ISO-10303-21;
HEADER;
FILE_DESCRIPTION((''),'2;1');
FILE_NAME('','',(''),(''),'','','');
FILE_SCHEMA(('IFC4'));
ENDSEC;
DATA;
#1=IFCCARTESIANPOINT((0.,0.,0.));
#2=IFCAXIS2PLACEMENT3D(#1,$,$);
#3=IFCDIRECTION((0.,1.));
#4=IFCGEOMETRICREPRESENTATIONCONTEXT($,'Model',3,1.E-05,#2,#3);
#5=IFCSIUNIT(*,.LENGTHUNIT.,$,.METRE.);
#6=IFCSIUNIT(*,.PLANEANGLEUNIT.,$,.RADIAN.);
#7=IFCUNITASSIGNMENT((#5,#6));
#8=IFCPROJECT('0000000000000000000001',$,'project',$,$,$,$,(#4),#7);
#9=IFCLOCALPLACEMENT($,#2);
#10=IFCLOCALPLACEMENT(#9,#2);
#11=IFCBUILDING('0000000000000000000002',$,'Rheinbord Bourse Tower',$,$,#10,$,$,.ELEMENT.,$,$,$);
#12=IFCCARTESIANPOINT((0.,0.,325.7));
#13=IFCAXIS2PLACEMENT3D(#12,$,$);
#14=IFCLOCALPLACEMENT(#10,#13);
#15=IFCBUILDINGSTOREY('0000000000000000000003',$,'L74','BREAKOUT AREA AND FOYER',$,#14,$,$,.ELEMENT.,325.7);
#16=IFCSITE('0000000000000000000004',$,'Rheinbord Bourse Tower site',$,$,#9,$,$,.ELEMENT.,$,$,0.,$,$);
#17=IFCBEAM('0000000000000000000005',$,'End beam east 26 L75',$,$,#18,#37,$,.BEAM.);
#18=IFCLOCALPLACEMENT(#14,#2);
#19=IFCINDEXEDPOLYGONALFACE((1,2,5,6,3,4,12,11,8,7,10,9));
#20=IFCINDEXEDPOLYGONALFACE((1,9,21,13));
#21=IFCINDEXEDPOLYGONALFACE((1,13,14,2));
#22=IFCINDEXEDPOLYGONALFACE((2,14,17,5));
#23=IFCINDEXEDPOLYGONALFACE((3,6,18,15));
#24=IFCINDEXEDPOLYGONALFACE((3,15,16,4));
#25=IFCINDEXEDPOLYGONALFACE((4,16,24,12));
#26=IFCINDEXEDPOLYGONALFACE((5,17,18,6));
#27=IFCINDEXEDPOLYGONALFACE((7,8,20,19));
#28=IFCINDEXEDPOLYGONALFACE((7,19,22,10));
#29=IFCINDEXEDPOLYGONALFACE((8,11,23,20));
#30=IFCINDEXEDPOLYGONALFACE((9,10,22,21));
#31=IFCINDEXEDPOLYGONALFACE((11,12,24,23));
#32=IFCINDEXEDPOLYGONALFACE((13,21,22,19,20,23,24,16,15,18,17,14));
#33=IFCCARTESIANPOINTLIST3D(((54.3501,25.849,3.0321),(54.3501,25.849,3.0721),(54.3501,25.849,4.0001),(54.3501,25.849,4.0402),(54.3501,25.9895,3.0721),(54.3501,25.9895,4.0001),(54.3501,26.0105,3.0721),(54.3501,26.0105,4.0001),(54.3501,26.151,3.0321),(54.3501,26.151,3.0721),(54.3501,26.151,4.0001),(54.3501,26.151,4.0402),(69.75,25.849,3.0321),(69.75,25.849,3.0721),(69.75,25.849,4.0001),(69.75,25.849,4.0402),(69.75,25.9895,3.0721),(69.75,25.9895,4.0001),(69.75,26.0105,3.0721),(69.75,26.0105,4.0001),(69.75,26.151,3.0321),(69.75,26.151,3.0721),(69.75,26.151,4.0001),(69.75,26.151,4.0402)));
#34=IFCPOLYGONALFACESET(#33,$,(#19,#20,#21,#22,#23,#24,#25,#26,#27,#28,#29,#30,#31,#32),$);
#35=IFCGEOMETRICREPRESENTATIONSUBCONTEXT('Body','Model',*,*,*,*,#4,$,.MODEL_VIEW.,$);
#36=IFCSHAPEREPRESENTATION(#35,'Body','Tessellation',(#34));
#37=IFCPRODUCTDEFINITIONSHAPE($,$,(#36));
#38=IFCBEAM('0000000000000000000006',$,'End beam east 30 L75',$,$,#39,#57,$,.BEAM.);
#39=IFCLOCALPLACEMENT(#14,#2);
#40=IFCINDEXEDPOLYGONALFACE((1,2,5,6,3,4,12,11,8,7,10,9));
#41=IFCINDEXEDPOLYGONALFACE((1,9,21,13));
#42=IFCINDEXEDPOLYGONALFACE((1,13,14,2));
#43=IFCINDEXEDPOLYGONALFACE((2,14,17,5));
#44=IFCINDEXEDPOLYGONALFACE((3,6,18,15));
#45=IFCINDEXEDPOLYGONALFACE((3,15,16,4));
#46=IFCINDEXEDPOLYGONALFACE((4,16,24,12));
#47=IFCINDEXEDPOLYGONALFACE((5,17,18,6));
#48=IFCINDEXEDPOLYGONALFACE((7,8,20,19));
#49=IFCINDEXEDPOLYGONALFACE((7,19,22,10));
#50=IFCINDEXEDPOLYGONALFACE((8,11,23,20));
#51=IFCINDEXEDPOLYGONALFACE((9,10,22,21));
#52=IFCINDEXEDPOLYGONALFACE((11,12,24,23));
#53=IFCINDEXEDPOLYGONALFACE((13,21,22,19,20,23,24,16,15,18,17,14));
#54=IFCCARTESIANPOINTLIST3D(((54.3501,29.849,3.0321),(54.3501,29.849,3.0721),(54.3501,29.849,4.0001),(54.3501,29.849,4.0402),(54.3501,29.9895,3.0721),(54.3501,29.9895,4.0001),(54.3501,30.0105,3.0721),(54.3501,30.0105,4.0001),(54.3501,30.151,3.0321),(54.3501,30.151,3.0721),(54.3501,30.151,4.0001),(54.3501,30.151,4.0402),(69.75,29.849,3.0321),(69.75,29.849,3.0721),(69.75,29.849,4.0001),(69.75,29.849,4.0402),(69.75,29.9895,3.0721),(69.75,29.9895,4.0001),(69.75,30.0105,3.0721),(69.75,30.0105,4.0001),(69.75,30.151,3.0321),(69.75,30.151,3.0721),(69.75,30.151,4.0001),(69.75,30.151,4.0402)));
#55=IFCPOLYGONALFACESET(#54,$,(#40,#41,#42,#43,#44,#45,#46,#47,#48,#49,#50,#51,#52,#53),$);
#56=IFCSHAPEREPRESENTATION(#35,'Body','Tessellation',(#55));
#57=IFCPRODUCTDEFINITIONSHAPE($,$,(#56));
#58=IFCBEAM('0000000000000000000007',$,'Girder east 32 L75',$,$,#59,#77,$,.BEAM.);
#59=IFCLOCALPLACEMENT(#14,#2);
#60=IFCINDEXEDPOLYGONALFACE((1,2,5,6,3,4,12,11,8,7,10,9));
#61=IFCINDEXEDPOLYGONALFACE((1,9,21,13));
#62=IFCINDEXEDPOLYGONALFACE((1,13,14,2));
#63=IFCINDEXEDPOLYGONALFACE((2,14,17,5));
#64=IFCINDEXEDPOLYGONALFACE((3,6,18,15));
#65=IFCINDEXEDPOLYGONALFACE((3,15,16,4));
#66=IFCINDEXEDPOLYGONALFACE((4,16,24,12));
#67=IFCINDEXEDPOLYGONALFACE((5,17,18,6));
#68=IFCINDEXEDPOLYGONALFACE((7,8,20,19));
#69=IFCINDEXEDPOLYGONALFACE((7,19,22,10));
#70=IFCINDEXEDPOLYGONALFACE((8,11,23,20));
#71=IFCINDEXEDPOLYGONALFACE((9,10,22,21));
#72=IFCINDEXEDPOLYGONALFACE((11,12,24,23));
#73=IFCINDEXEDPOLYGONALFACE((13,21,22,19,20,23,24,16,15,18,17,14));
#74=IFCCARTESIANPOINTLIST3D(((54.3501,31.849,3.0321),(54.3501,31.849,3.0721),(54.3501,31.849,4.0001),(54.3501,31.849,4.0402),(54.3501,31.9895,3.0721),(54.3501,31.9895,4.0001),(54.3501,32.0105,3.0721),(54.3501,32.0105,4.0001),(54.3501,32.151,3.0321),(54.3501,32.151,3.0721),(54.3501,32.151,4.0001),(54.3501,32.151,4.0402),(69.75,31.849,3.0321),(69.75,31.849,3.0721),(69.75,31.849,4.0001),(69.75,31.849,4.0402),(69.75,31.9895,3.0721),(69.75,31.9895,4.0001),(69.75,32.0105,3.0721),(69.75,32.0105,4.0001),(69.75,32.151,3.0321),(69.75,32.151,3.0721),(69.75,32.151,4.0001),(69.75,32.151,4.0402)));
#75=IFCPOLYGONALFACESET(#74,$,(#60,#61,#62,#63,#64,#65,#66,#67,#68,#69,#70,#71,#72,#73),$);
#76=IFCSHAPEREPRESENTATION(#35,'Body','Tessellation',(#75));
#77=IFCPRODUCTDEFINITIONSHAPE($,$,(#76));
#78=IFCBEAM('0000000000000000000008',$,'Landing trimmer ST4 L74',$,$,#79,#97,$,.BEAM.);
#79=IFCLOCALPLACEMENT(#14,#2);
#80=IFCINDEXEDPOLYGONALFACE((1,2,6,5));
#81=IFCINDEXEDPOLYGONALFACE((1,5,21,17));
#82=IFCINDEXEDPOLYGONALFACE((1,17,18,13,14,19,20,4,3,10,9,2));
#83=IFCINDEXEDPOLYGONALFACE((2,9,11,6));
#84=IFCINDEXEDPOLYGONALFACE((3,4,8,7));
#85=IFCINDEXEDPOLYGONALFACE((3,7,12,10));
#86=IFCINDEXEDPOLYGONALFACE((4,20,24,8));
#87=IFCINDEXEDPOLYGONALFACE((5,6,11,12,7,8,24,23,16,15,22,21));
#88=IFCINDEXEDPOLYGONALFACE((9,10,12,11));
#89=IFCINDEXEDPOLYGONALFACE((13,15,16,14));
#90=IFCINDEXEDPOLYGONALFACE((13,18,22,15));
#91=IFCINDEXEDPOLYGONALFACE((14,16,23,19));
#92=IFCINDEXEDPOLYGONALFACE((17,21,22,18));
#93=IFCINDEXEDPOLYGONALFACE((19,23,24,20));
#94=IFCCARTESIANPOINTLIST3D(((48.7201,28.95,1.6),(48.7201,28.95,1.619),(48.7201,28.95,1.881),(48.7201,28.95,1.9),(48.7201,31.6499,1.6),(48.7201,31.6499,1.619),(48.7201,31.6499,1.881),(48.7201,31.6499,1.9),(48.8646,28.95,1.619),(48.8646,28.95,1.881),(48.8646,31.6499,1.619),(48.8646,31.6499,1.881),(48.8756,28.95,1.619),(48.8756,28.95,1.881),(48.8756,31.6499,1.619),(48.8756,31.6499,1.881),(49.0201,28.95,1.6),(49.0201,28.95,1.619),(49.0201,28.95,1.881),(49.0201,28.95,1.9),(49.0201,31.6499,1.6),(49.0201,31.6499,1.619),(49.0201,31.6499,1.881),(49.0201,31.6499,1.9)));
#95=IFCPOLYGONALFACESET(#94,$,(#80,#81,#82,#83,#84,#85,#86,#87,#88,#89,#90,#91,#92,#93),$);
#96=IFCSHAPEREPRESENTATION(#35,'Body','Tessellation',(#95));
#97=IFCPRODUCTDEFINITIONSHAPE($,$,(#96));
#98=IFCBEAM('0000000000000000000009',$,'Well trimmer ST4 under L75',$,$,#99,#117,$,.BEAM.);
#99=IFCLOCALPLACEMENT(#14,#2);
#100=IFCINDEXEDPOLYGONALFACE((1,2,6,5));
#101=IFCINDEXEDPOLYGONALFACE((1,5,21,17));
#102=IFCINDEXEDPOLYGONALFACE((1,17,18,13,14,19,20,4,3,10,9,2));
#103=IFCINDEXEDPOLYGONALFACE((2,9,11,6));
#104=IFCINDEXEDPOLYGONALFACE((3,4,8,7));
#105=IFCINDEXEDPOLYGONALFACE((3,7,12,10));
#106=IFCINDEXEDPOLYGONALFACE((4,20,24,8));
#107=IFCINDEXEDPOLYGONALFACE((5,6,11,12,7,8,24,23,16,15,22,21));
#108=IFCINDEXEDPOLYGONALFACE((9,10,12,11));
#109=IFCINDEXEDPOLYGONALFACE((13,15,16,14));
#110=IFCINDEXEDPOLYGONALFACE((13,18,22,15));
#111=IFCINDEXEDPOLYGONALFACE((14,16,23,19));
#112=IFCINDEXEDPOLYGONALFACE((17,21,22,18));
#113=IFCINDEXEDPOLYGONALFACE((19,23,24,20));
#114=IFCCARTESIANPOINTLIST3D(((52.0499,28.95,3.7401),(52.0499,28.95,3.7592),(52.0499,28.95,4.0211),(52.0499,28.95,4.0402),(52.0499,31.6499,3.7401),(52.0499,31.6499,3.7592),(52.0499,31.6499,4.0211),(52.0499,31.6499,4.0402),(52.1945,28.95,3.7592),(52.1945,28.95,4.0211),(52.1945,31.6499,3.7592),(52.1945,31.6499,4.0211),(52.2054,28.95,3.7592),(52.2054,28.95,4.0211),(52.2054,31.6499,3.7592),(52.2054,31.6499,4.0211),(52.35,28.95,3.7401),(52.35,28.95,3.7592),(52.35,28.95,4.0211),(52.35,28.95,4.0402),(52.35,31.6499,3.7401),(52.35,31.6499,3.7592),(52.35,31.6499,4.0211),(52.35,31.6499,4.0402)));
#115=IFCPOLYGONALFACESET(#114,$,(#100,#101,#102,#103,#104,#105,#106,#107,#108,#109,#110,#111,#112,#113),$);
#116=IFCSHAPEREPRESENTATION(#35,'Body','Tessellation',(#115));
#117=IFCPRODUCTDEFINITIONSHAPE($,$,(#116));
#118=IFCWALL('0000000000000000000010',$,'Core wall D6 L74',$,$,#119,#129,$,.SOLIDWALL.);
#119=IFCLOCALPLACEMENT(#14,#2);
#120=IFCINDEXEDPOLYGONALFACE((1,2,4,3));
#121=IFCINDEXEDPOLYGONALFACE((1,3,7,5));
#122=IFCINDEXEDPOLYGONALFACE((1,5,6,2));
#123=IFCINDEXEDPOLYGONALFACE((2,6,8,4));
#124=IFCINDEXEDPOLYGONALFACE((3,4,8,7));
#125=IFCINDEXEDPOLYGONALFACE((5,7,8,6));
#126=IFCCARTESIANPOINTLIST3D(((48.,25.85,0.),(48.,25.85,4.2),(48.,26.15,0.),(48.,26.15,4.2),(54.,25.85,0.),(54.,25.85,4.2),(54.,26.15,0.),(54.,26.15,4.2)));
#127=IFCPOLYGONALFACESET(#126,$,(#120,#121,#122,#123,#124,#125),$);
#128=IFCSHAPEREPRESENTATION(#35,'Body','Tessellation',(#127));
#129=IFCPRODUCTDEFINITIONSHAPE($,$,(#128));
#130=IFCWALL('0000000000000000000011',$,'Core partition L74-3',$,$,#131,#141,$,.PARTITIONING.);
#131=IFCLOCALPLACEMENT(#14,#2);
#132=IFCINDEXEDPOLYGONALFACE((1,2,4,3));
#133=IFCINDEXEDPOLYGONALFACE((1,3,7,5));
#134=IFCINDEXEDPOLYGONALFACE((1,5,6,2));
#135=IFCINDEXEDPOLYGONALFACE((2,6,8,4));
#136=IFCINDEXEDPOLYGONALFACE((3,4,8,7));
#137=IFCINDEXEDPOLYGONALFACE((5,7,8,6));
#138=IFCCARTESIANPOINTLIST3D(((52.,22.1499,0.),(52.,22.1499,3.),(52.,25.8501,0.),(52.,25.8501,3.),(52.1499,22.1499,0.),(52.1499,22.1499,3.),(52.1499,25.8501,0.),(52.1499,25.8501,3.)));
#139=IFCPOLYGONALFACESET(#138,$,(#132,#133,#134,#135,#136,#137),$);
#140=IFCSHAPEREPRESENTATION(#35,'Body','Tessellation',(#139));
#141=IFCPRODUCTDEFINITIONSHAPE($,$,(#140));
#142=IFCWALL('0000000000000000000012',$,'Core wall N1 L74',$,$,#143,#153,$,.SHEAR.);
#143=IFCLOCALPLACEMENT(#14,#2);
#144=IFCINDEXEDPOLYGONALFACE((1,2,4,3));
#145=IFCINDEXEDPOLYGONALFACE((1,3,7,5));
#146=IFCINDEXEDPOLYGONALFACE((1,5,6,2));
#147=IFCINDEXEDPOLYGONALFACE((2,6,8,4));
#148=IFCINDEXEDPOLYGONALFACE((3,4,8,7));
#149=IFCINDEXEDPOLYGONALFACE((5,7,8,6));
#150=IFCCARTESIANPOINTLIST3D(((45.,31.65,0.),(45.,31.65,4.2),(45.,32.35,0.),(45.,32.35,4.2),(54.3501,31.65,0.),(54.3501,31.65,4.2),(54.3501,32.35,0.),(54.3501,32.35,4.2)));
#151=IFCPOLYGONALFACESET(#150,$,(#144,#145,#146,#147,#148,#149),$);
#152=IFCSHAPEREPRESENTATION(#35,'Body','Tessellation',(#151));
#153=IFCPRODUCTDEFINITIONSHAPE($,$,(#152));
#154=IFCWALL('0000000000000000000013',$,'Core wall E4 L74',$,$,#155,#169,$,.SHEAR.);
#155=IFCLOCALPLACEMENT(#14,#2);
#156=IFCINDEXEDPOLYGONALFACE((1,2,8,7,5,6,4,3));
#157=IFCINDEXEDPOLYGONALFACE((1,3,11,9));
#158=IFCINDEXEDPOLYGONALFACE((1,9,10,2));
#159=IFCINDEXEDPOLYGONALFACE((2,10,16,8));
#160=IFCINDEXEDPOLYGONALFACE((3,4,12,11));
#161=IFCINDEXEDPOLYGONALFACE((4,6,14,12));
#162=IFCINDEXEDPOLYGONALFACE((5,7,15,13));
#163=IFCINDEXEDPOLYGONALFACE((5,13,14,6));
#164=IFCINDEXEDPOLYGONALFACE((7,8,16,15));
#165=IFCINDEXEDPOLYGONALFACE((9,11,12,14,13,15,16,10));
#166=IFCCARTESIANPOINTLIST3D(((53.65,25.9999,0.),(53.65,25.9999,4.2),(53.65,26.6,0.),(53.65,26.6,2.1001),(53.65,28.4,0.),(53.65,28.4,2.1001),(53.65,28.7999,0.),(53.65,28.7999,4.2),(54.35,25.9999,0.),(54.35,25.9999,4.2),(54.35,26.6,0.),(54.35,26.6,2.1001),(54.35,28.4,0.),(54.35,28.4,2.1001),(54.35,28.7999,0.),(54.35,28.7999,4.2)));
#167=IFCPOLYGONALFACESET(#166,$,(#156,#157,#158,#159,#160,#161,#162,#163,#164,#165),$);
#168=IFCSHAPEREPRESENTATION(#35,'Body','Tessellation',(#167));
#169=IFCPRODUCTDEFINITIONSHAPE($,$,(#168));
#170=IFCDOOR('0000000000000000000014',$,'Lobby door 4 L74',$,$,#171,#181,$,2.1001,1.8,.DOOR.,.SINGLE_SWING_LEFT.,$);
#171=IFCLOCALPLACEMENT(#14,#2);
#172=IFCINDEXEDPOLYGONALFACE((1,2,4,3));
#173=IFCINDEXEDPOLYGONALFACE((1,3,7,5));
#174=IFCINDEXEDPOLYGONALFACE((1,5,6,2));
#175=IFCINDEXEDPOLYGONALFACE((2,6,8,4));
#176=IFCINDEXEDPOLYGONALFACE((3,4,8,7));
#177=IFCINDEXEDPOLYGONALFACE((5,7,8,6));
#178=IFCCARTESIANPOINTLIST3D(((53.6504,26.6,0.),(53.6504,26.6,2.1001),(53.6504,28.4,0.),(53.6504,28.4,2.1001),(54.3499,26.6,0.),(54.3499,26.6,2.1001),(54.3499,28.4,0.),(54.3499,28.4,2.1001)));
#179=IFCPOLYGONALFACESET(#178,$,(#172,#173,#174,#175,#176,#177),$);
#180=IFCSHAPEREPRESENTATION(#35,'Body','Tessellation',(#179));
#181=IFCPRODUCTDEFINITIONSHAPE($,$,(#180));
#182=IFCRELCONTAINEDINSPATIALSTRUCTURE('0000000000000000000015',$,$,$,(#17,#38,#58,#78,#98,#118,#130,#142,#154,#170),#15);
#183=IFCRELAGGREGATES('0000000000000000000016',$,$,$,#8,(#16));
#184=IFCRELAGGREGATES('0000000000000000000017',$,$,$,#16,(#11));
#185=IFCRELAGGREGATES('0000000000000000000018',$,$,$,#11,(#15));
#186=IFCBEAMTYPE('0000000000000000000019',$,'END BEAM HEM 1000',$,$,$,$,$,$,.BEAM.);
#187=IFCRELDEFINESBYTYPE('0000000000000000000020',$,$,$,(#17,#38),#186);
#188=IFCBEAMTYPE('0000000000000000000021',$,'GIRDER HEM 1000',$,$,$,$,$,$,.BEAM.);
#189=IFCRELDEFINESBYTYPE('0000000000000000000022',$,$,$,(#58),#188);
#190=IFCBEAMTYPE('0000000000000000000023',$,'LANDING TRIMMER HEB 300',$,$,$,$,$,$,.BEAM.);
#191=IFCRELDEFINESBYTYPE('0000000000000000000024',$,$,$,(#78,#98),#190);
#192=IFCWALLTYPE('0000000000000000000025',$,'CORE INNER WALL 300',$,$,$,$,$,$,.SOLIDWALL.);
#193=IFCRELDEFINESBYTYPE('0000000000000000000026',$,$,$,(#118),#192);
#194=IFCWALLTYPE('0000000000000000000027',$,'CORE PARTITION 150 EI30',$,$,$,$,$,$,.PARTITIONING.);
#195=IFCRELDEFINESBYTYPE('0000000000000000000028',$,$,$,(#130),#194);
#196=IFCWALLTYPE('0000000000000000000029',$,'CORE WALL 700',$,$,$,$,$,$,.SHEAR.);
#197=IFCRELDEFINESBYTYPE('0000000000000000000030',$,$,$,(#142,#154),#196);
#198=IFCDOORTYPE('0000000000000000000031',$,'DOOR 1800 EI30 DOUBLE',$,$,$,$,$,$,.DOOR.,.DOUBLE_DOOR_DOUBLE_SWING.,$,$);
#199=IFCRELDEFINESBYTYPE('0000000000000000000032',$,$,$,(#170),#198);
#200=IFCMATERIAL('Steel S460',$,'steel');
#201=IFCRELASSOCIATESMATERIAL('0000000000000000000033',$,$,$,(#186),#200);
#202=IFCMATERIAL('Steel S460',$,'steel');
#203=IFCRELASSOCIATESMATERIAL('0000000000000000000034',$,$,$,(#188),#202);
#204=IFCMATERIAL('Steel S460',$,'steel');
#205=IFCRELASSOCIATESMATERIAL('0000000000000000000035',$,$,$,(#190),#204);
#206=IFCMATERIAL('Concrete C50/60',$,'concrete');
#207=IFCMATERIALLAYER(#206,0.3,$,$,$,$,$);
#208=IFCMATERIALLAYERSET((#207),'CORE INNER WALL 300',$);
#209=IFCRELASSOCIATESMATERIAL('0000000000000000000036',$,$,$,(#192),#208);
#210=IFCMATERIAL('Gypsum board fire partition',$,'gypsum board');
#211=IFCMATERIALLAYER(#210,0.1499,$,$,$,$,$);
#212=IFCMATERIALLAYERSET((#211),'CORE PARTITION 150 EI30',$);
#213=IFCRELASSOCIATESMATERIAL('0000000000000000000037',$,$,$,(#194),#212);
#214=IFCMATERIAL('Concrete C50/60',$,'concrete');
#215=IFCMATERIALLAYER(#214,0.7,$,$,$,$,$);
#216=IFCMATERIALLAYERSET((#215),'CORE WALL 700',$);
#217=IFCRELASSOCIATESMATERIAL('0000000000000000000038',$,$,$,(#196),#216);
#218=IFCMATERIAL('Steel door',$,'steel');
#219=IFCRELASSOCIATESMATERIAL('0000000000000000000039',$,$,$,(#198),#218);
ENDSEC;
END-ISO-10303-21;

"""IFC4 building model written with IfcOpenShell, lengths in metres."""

from ifc_helpers import new_model, si_unit, direction, frame, frame_2d, origin, origin_2d, place, context, subcontext, project, spatial, rectangle, i_section, extrude, material, layer, layer_set, material_profile, profile_set, type_object, element, fill, save


model = new_model("IFC4")

# Units and contexts
model_context = context("Model", 3, precision=1e-05, world=origin(), true_north=direction((0.0, 1.0)))
body_context = subcontext(model_context, "Body", "Model", "MODEL_VIEW")
ifc_project = project(units=[si_unit("LENGTHUNIT", "METRE"), si_unit("PLANEANGLEUNIT", "RADIAN")], contexts=[model_context])

# Site, building, storey
site_placement = place(None, origin())
site = spatial("IfcSite", under=ifc_project, at=site_placement, Name="Rheinbord Bourse Tower site", CompositionType="ELEMENT", RefElevation=0.0)
building_placement = place(site_placement, origin())
building = spatial("IfcBuilding", under=site, at=building_placement, Name="Rheinbord Bourse Tower", CompositionType="ELEMENT")
storey_placement = place(building_placement, frame((0.0, 0.0, 325.7)))
storey = spatial("IfcBuildingStorey", under=building, at=storey_placement, Name="L74", Description="BREAKOUT AREA AND FOYER", CompositionType="ELEMENT", Elevation=325.7)

# Beams
ifc_material_1 = material(Name="Steel S460", Category="steel")
ifc_material_profile_1 = material_profile(ifc_material_1, i_section(OverallWidth=0.302, OverallDepth=1.0081, WebThickness=0.021, FlangeThickness=0.04, at=origin_2d()), Name="HEM 1000")
ifc_profile_set_1 = profile_set([ifc_material_profile_1], Name="Steel S460")
beam_type_1 = type_object("IfcBeamType", Name="END BEAM HEM 1000", PredefinedType="BEAM", material=ifc_profile_set_1)
for number, where, z_axis, x_axis, name in (
    (1, (54.3501, 26.0, 3.5361), (1.0, 0.0, 0.0), (0.0, 1.0, 0.0), "End beam east 26 L75"),
    (2, (54.3501, 30.0, 3.5361), (1.0, 0.0, 0.0), (0.0, 1.0, 0.0), "End beam east 30 L75"),
):
    element("IfcBeam", number, at=place(storey_placement, frame(where, z_axis=z_axis, x_axis=x_axis)), inside=storey, type_object=beam_type_1, Name=name, PredefinedType="BEAM", context=body_context, shape_type="SweptSolid", body=[
        extrude(i_section(OverallWidth=0.302, OverallDepth=1.0081, WebThickness=0.021, FlangeThickness=0.04, at=origin_2d()), origin(), (0.0, 0.0, 1.0), 15.3999),
    ])
ifc_material_2 = material(Name="Steel S460", Category="steel")
ifc_material_profile_2 = material_profile(ifc_material_2, i_section(OverallWidth=0.302, OverallDepth=1.0081, WebThickness=0.021, FlangeThickness=0.04, at=origin_2d()), Name="HEM 1000")
ifc_profile_set_2 = profile_set([ifc_material_profile_2], Name="Steel S460")
beam_type_2 = type_object("IfcBeamType", Name="GIRDER HEM 1000", PredefinedType="BEAM", material=ifc_profile_set_2)
beam_placement = place(storey_placement, frame((54.3501, 32.0, 3.5361), z_axis=(1.0, 0.0, 0.0), x_axis=(0.0, 1.0, 0.0)))
element("IfcBeam", 3, at=beam_placement, inside=storey, type_object=beam_type_2, Name="Girder east 32 L75", PredefinedType="BEAM", context=body_context, shape_type="SweptSolid", body=[
    extrude(i_section(OverallWidth=0.302, OverallDepth=1.0081, WebThickness=0.021, FlangeThickness=0.04, at=origin_2d()), origin(), (0.0, 0.0, 1.0), 15.3999),
])
ifc_material_3 = material(Name="Steel S460", Category="steel")
ifc_material_profile_3 = material_profile(ifc_material_3, i_section(OverallWidth=0.3, OverallDepth=0.3, WebThickness=0.011, FlangeThickness=0.019, at=origin_2d()), Name="HEB 300")
ifc_profile_set_3 = profile_set([ifc_material_profile_3], Name="Steel S460")
beam_type_3 = type_object("IfcBeamType", Name="LANDING TRIMMER HEB 300", PredefinedType="BEAM", material=ifc_profile_set_3)
for number, where, z_axis, x_axis, name in (
    (4, (48.8701, 28.95, 1.75), (0.0, 1.0, 0.0), (-1.0, 0.0, 0.0), "Landing trimmer ST4 L74"),
    (5, (52.2, 28.95, 3.8901), (0.0, 1.0, 0.0), (-1.0, 0.0, 0.0), "Well trimmer ST4 under L75"),
):
    element("IfcBeam", number, at=place(storey_placement, frame(where, z_axis=z_axis, x_axis=x_axis)), inside=storey, type_object=beam_type_3, Name=name, PredefinedType="BEAM", context=body_context, shape_type="SweptSolid", body=[
        extrude(i_section(OverallWidth=0.3, OverallDepth=0.3, WebThickness=0.011, FlangeThickness=0.019, at=origin_2d()), origin(), (0.0, 0.0, 1.0), 2.7),
    ])

# Walls
ifc_material_4 = material(Name="Concrete C50/60", Category="concrete")
ifc_layer_1 = layer(ifc_material_4, 0.3)
ifc_layer_set_1 = layer_set([ifc_layer_1], Name="CORE INNER WALL 300")
wall_type_1 = type_object("IfcWallType", Name="CORE INNER WALL 300", PredefinedType="SOLIDWALL", material=ifc_layer_set_1)
wall_1_placement = place(storey_placement, frame((48.0, 26.0, 0.0), z_axis=(0.0, 0.0, 1.0), x_axis=(1.0, 0.0, 0.0)))
element("IfcWall", 6, at=wall_1_placement, inside=storey, type_object=wall_type_1, Name="Core wall D6 L74", PredefinedType="SOLIDWALL", context=body_context, shape_type="SweptSolid", body=[
    extrude(rectangle(XDim=6.0, YDim=0.3, at=frame_2d((3.0, 0.0))), origin(), (0.0, 0.0, 1.0), 4.2),
])
ifc_material_5 = material(Name="Gypsum board fire partition", Category="gypsum board")
ifc_layer_2 = layer(ifc_material_5, 0.1499)
ifc_layer_set_2 = layer_set([ifc_layer_2], Name="CORE PARTITION 150 EI30")
wall_type_2 = type_object("IfcWallType", Name="CORE PARTITION 150 EI30", PredefinedType="PARTITIONING", material=ifc_layer_set_2)
wall_2_placement = place(storey_placement, frame((52.075, 22.1499, 0.0), z_axis=(0.0, 0.0, 1.0), x_axis=(0.0, 1.0, 0.0)))
element("IfcWall", 7, at=wall_2_placement, inside=storey, type_object=wall_type_2, Name="Core partition L74-3", PredefinedType="PARTITIONING", context=body_context, shape_type="SweptSolid", body=[
    extrude(rectangle(XDim=3.7002, YDim=0.1499, at=frame_2d((1.8501, 0.0))), origin(), (0.0, 0.0, 1.0), 3.0),
])
ifc_material_6 = material(Name="Concrete C50/60", Category="concrete")
ifc_layer_3 = layer(ifc_material_6, 0.7)
ifc_layer_set_3 = layer_set([ifc_layer_3], Name="CORE WALL 700")
wall_type_3 = type_object("IfcWallType", Name="CORE WALL 700", PredefinedType="SHEAR", material=ifc_layer_set_3)
wall_3_placement = place(storey_placement, frame((54.3501, 32.0, 0.0), z_axis=(0.0, 0.0, 1.0), x_axis=(-1.0, 0.0, 0.0)))
element("IfcWall", 8, at=wall_3_placement, inside=storey, type_object=wall_type_3, Name="Core wall N1 L74", PredefinedType="SHEAR", context=body_context, shape_type="SweptSolid", body=[
    extrude(rectangle(XDim=9.3501, YDim=0.7, at=frame_2d((4.675, 0.0))), origin(), (0.0, 0.0, 1.0), 4.2),
])

# Wall, opening, door
wall_4_placement = place(storey_placement, frame((54.0, 26.0, 0.0), z_axis=(0.0, 0.0, 1.0), x_axis=(0.0, 1.0, 0.0)))
wall_4 = element("IfcWall", 9, at=wall_4_placement, inside=storey, type_object=wall_type_3, Name="Core wall E4 L74", PredefinedType="SHEAR", context=body_context, shape_type="SweptSolid", body=[
    extrude(rectangle(XDim=2.8, YDim=0.7, at=frame_2d((1.3999, 0.0))), origin(), (0.0, 0.0, 1.0), 4.2),
])
opening_1_placement = place(wall_4_placement, frame((0.6001, 0.0, 0.0)))
opening_1 = element("IfcOpeningElement", 10, at=opening_1_placement, cuts=wall_4, PredefinedType="OPENING", context=body_context, shape_type="SweptSolid", body=[
    extrude(rectangle(XDim=1.8, YDim=2.1001, at=frame_2d((0.8999, 1.05))), frame((0.0, 0.3599, 0.0), z_axis=(0.0, -1.0, 0.0), x_axis=(1.0, 0.0, 0.0)), (0.0, 0.0, 1.0), 0.72),
])
ifc_material_7 = material(Name="Steel door", Category="steel")
door_type_1 = type_object("IfcDoorType", Name="DOOR 1800 EI30 DOUBLE", OperationType="DOUBLE_DOOR_DOUBLE_SWING", PredefinedType="DOOR", material=ifc_material_7)
door_1_placement = place(opening_1_placement, origin())
door_1 = element("IfcDoor", 11, at=door_1_placement, inside=storey, type_object=door_type_1, Name="Lobby door 4 L74", OperationType="SINGLE_SWING_LEFT", OverallHeight=2.1001, OverallWidth=1.8, PredefinedType="DOOR", context=body_context, shape_type="SweptSolid", body=[
    extrude(rectangle(XDim=1.8, YDim=2.1001, at=frame_2d((0.8999, 1.05))), frame((0.0, 0.3496, 0.0), z_axis=(0.0, -1.0, 0.0), x_axis=(1.0, 0.0, 0.0)), (0.0, 0.0, 1.0), 0.6995),
])
fill(opening_1, door_1)

save(model, "model.ifc")
